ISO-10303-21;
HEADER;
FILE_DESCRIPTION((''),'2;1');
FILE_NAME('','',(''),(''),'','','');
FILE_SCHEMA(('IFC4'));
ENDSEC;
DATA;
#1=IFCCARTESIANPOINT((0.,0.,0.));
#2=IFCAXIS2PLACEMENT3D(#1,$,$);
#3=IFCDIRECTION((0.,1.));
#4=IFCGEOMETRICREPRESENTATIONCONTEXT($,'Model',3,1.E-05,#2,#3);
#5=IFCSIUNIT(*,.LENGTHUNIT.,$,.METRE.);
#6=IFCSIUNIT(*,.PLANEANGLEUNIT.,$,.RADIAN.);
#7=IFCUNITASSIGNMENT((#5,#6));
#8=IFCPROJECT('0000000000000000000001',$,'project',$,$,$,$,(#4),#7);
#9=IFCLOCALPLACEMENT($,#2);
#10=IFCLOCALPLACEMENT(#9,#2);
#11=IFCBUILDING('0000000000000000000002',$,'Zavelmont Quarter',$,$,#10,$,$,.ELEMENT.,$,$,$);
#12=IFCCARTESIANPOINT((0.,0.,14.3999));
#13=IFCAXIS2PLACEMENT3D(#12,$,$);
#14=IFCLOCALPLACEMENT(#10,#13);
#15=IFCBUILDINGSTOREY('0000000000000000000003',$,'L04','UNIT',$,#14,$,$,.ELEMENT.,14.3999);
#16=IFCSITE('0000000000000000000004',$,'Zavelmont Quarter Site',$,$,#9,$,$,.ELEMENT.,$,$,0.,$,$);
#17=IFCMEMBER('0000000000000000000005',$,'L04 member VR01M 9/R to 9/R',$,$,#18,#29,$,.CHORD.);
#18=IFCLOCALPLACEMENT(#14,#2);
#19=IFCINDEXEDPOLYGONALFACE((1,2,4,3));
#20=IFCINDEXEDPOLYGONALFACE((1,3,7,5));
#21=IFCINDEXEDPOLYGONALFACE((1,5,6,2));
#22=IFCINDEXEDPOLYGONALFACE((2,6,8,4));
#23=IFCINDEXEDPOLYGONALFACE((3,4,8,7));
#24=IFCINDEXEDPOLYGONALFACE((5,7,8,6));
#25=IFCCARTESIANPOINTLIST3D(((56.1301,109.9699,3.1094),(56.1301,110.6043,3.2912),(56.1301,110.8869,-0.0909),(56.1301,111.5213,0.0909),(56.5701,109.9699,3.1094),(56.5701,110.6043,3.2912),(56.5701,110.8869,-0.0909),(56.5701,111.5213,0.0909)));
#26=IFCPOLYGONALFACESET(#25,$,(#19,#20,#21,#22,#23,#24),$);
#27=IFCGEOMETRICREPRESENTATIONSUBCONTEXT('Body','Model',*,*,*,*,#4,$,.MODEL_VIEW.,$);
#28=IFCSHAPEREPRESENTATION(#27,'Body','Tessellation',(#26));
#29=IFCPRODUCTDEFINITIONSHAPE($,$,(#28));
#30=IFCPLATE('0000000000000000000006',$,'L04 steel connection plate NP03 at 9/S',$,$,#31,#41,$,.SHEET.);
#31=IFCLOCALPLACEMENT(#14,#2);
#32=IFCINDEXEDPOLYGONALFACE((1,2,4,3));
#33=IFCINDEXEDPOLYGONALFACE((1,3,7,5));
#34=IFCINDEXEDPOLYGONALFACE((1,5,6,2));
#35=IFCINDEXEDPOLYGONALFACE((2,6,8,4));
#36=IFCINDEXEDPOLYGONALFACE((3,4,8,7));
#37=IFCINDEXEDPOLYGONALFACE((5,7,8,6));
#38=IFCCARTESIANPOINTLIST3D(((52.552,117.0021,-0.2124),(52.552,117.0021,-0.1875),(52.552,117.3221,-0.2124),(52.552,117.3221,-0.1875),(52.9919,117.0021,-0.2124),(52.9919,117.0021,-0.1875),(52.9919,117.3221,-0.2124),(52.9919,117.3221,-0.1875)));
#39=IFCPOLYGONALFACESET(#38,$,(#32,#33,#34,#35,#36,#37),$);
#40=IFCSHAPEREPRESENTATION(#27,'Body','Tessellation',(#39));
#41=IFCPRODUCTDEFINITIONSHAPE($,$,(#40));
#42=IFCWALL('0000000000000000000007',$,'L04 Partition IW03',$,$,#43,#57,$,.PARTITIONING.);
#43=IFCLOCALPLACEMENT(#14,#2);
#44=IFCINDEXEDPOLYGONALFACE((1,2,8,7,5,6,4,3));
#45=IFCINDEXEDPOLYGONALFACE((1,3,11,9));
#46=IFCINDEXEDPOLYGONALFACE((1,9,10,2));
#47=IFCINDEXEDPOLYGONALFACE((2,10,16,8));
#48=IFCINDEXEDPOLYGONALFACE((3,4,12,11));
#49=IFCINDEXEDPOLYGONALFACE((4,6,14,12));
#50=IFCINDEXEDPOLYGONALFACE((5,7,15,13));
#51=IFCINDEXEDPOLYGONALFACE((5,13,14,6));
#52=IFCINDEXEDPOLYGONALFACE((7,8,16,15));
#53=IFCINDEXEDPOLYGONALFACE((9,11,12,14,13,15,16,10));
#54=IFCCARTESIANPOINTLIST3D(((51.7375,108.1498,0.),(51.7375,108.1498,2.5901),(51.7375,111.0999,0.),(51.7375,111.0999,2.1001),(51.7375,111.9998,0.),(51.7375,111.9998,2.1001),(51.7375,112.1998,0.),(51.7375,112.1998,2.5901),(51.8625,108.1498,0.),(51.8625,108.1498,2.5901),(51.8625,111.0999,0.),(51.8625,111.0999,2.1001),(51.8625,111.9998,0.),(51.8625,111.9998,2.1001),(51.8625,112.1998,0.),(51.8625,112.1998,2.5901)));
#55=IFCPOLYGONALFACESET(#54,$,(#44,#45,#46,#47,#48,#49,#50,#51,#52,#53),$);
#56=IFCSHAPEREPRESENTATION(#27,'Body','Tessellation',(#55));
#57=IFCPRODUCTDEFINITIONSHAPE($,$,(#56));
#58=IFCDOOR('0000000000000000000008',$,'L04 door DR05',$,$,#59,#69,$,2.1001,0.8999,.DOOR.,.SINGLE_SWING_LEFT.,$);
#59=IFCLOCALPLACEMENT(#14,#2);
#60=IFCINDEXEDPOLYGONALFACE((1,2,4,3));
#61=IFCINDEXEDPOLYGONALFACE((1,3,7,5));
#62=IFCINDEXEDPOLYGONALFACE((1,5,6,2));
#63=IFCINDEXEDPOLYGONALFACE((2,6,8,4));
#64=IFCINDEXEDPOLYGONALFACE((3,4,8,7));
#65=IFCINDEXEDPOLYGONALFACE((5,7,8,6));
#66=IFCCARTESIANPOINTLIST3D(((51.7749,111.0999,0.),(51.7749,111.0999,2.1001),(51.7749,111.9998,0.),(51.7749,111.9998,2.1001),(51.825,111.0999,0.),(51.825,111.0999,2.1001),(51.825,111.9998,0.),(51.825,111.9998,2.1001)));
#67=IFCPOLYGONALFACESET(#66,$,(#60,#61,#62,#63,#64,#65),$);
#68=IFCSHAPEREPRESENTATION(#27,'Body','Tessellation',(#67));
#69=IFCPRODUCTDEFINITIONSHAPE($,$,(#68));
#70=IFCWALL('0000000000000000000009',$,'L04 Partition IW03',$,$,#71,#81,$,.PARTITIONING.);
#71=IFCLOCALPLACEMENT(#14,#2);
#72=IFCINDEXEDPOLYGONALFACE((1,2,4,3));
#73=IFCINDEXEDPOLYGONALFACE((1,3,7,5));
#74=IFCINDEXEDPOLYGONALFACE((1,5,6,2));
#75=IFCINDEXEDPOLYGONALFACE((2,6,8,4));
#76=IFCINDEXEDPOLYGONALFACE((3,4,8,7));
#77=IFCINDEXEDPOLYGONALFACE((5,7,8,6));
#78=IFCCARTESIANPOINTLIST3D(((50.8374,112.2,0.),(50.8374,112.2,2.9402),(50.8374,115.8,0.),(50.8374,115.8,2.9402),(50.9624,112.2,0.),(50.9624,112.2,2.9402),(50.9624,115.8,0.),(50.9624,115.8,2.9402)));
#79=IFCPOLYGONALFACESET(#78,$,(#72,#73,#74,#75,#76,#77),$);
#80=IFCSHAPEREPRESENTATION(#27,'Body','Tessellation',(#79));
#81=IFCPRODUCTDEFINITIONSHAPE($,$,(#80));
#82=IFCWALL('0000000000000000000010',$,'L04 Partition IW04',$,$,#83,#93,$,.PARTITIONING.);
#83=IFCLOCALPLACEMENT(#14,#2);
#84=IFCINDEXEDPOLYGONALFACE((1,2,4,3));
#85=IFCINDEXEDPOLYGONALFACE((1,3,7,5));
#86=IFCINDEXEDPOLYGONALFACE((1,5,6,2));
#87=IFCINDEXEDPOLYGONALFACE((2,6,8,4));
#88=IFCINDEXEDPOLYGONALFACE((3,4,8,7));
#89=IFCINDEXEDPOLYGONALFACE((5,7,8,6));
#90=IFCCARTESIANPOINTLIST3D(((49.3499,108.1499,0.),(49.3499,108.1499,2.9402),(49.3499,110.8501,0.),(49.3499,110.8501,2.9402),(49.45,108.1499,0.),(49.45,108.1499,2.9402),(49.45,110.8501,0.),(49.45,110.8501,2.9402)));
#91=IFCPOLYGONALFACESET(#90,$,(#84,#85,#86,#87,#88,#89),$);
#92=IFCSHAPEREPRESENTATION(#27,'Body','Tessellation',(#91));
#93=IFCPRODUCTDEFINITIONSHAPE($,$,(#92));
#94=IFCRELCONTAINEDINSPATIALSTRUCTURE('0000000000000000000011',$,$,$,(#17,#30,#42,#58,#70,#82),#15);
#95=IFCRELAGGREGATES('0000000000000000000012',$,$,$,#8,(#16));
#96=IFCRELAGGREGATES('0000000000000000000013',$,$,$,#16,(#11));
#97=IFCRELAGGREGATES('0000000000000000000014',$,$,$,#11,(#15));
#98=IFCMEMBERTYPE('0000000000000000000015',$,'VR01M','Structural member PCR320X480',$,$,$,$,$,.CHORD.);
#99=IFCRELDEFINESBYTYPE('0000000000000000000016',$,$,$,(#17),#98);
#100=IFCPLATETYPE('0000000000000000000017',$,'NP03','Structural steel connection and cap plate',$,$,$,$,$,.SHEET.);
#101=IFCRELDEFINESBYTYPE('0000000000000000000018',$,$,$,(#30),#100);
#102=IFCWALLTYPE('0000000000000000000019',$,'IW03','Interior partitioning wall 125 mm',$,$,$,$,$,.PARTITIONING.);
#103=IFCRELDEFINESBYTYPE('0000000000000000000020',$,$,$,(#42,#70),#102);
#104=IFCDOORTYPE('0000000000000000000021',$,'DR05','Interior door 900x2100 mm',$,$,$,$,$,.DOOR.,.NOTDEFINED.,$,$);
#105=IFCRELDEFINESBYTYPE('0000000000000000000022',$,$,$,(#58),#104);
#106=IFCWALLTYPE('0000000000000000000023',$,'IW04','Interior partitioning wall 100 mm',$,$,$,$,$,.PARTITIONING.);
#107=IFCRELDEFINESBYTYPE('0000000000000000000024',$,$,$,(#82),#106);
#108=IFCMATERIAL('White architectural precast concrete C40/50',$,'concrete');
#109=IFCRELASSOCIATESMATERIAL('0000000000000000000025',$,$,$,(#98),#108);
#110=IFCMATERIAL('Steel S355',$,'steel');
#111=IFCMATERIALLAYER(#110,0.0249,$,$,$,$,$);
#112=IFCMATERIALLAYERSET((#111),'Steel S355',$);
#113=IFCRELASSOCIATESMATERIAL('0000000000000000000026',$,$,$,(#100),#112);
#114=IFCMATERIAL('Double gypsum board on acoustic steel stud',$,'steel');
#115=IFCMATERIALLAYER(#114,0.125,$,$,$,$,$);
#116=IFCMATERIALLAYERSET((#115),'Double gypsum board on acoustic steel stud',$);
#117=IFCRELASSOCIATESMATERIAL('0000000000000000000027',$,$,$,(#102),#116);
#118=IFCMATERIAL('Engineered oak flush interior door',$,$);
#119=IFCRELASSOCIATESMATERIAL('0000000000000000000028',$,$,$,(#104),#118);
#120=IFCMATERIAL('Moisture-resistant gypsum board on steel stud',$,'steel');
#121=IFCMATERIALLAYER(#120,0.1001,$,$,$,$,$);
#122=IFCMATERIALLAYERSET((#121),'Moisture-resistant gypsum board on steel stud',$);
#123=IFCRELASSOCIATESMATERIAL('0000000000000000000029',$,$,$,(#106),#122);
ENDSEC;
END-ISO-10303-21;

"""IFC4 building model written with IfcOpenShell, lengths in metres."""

from ifc_helpers import new_model, si_unit, direction, frame, frame_2d, origin, origin_2d, place, context, subcontext, project, spatial, rectangle, extrude, material, layer, layer_set, material_profile, profile_set, type_object, element, fill, save


model = new_model("IFC4")

# Units and contexts
model_context = context("Model", 3, precision=1e-05, world=origin(), true_north=direction((0.0, 1.0)))
body_context = subcontext(model_context, "Body", "Model", "MODEL_VIEW")
ifc_project = project(units=[si_unit("LENGTHUNIT", "METRE"), si_unit("PLANEANGLEUNIT", "RADIAN")], contexts=[model_context])

# Site, building, storey
site_placement = place(None, origin())
site = spatial("IfcSite", under=ifc_project, at=site_placement, Name="Zavelmont Quarter Site", CompositionType="ELEMENT", RefElevation=0.0)
building_placement = place(site_placement, origin())
building = spatial("IfcBuilding", under=site, at=building_placement, Name="Zavelmont Quarter", CompositionType="ELEMENT")
storey_placement = place(building_placement, frame((0.0, 0.0, 14.3999)))
storey = spatial("IfcBuildingStorey", under=building, at=storey_placement, Name="L04", Description="UNIT", CompositionType="ELEMENT", Elevation=14.3999)

# Shared definitions
ifc_material_1 = material(Name="Steel S355", Category="steel")

# Member
ifc_material_2 = material(Name="White architectural precast concrete C40/50", Category="concrete")
ifc_material_profile_1 = material_profile(ifc_material_2, rectangle(XDim=0.4399, YDim=0.6599, at=origin_2d()), Name="PCR320X480")
ifc_profile_set_1 = profile_set([ifc_material_profile_1], Name="White architectural precast concrete C40/50")
member_type = type_object("IfcMemberType", Name="VR01M", Description="Structural member PCR320X480", PredefinedType="CHORD", material=ifc_profile_set_1)
member_1_placement = place(storey_placement, frame((56.3501, 111.2041, 0.0), z_axis=(0.0, -0.275457, 0.961313), x_axis=(1.0, 0.0, 0.0)))
element("IfcMember", 1, at=member_1_placement, inside=storey, type_object=member_type, Name="L04 member VR01M 9/R to 9/R", PredefinedType="CHORD", context=body_context, shape_type="SweptSolid", body=[
    extrude(rectangle(XDim=0.4399, YDim=0.6599, at=origin_2d()), origin(), (0.0, 0.0, 1.0), 3.3291),
])

# Plate
ifc_layer_1 = layer(ifc_material_1, 0.0249)
ifc_layer_set_1 = layer_set([ifc_layer_1], Name="Steel S355")
plate_type = type_object("IfcPlateType", Name="NP03", Description="Structural steel connection and cap plate", PredefinedType="SHEET", material=ifc_layer_set_1)
plate_placement = place(storey_placement, frame((52.772, 117.1621, -0.2124), z_axis=(0.0, 0.0, 1.0), x_axis=(1.0, 0.0, 0.0)))
element("IfcPlate", 2, at=plate_placement, inside=storey, type_object=plate_type, Name="L04 steel connection plate NP03 at 9/S", PredefinedType="SHEET", context=body_context, shape_type="SweptSolid", body=[
    extrude(rectangle(XDim=0.4399, YDim=0.3201, at=origin_2d()), origin(), (0.0, 0.0, 1.0), 0.0249),
])

# Wall, opening, door
ifc_material_3 = material(Name="Double gypsum board on acoustic steel stud", Category="steel")
ifc_layer_2 = layer(ifc_material_3, 0.125)
ifc_layer_set_2 = layer_set([ifc_layer_2], Name="Double gypsum board on acoustic steel stud")
wall_type_1 = type_object("IfcWallType", Name="IW03", Description="Interior partitioning wall 125 mm", PredefinedType="PARTITIONING", material=ifc_layer_set_2)
wall_1_placement = place(storey_placement, frame((51.8, 108.1499, 0.0), z_axis=(0.0, 0.0, 1.0), x_axis=(0.0, 1.0, 0.0)))
wall_1 = element("IfcWall", 3, at=wall_1_placement, inside=storey, type_object=wall_type_1, Name="L04 Partition IW03", PredefinedType="PARTITIONING", context=body_context, shape_type="SweptSolid", body=[
    extrude(rectangle(XDim=4.05, YDim=0.125, at=frame_2d((2.0249, 0.0))), origin(), (0.0, 0.0, 1.0), 2.5901),
])
opening_placement = place(wall_1_placement, frame((2.95, 0.0, 0.0)))
opening = element("IfcOpeningElement", 4, at=opening_placement, cuts=wall_1, PredefinedType="OPENING", context=body_context, shape_type="SweptSolid", body=[
    extrude(rectangle(XDim=0.8999, YDim=2.1001, at=frame_2d((0.45, 1.05))), frame((0.0, 0.0745, 0.0), z_axis=(0.0, -1.0, 0.0), x_axis=(1.0, 0.0, 0.0)), (0.0, 0.0, 1.0), 0.1489),
])
ifc_material_4 = material(Name="Engineered oak flush interior door")
door_type = type_object("IfcDoorType", Name="DR05", Description="Interior door 900x2100 mm", OperationType="NOTDEFINED", PredefinedType="DOOR", material=ifc_material_4)
door_placement = place(opening_placement, frame((0.8999, 0.0, 0.0), z_axis=(0.0, 0.0, 1.0), x_axis=(-1.0, 0.0, 0.0)))
door = element("IfcDoor", 5, at=door_placement, inside=storey, type_object=door_type, Name="L04 door DR05", OperationType="SINGLE_SWING_LEFT", OverallHeight=2.1001, OverallWidth=0.8999, PredefinedType="DOOR", context=body_context, shape_type="SweptSolid", body=[
    extrude(rectangle(XDim=0.8999, YDim=2.1001, at=frame_2d((0.45, 1.05))), frame((0.0, 0.0249, 0.0), z_axis=(0.0, -1.0, 0.0), x_axis=(1.0, 0.0, 0.0)), (0.0, 0.0, 1.0), 0.05),
])
fill(opening, door)

# Walls
wall_2_placement = place(storey_placement, frame((50.8999, 112.2, 0.0), z_axis=(0.0, 0.0, 1.0), x_axis=(0.0, 1.0, 0.0)))
element("IfcWall", 6, at=wall_2_placement, inside=storey, type_object=wall_type_1, Name="L04 Partition IW03", PredefinedType="PARTITIONING", context=body_context, shape_type="SweptSolid", body=[
    extrude(rectangle(XDim=3.6001, YDim=0.125, at=frame_2d((1.8, 0.0))), origin(), (0.0, 0.0, 1.0), 2.9402),
])
ifc_material_5 = material(Name="Moisture-resistant gypsum board on steel stud", Category="steel")
ifc_layer_3 = layer(ifc_material_5, 0.1001)
ifc_layer_set_3 = layer_set([ifc_layer_3], Name="Moisture-resistant gypsum board on steel stud")
wall_type_2 = type_object("IfcWallType", Name="IW04", Description="Interior partitioning wall 100 mm", PredefinedType="PARTITIONING", material=ifc_layer_set_3)
wall_3_placement = place(storey_placement, frame((49.3999, 108.1499, 0.0), z_axis=(0.0, 0.0, 1.0), x_axis=(0.0, 1.0, 0.0)))
element("IfcWall", 7, at=wall_3_placement, inside=storey, type_object=wall_type_2, Name="L04 Partition IW04", PredefinedType="PARTITIONING", context=body_context, shape_type="SweptSolid", body=[
    extrude(rectangle(XDim=2.7002, YDim=0.1001, at=frame_2d((1.3501, 0.0))), origin(), (0.0, 0.0, 1.0), 2.9402),
])

save(model, "model.ifc")
